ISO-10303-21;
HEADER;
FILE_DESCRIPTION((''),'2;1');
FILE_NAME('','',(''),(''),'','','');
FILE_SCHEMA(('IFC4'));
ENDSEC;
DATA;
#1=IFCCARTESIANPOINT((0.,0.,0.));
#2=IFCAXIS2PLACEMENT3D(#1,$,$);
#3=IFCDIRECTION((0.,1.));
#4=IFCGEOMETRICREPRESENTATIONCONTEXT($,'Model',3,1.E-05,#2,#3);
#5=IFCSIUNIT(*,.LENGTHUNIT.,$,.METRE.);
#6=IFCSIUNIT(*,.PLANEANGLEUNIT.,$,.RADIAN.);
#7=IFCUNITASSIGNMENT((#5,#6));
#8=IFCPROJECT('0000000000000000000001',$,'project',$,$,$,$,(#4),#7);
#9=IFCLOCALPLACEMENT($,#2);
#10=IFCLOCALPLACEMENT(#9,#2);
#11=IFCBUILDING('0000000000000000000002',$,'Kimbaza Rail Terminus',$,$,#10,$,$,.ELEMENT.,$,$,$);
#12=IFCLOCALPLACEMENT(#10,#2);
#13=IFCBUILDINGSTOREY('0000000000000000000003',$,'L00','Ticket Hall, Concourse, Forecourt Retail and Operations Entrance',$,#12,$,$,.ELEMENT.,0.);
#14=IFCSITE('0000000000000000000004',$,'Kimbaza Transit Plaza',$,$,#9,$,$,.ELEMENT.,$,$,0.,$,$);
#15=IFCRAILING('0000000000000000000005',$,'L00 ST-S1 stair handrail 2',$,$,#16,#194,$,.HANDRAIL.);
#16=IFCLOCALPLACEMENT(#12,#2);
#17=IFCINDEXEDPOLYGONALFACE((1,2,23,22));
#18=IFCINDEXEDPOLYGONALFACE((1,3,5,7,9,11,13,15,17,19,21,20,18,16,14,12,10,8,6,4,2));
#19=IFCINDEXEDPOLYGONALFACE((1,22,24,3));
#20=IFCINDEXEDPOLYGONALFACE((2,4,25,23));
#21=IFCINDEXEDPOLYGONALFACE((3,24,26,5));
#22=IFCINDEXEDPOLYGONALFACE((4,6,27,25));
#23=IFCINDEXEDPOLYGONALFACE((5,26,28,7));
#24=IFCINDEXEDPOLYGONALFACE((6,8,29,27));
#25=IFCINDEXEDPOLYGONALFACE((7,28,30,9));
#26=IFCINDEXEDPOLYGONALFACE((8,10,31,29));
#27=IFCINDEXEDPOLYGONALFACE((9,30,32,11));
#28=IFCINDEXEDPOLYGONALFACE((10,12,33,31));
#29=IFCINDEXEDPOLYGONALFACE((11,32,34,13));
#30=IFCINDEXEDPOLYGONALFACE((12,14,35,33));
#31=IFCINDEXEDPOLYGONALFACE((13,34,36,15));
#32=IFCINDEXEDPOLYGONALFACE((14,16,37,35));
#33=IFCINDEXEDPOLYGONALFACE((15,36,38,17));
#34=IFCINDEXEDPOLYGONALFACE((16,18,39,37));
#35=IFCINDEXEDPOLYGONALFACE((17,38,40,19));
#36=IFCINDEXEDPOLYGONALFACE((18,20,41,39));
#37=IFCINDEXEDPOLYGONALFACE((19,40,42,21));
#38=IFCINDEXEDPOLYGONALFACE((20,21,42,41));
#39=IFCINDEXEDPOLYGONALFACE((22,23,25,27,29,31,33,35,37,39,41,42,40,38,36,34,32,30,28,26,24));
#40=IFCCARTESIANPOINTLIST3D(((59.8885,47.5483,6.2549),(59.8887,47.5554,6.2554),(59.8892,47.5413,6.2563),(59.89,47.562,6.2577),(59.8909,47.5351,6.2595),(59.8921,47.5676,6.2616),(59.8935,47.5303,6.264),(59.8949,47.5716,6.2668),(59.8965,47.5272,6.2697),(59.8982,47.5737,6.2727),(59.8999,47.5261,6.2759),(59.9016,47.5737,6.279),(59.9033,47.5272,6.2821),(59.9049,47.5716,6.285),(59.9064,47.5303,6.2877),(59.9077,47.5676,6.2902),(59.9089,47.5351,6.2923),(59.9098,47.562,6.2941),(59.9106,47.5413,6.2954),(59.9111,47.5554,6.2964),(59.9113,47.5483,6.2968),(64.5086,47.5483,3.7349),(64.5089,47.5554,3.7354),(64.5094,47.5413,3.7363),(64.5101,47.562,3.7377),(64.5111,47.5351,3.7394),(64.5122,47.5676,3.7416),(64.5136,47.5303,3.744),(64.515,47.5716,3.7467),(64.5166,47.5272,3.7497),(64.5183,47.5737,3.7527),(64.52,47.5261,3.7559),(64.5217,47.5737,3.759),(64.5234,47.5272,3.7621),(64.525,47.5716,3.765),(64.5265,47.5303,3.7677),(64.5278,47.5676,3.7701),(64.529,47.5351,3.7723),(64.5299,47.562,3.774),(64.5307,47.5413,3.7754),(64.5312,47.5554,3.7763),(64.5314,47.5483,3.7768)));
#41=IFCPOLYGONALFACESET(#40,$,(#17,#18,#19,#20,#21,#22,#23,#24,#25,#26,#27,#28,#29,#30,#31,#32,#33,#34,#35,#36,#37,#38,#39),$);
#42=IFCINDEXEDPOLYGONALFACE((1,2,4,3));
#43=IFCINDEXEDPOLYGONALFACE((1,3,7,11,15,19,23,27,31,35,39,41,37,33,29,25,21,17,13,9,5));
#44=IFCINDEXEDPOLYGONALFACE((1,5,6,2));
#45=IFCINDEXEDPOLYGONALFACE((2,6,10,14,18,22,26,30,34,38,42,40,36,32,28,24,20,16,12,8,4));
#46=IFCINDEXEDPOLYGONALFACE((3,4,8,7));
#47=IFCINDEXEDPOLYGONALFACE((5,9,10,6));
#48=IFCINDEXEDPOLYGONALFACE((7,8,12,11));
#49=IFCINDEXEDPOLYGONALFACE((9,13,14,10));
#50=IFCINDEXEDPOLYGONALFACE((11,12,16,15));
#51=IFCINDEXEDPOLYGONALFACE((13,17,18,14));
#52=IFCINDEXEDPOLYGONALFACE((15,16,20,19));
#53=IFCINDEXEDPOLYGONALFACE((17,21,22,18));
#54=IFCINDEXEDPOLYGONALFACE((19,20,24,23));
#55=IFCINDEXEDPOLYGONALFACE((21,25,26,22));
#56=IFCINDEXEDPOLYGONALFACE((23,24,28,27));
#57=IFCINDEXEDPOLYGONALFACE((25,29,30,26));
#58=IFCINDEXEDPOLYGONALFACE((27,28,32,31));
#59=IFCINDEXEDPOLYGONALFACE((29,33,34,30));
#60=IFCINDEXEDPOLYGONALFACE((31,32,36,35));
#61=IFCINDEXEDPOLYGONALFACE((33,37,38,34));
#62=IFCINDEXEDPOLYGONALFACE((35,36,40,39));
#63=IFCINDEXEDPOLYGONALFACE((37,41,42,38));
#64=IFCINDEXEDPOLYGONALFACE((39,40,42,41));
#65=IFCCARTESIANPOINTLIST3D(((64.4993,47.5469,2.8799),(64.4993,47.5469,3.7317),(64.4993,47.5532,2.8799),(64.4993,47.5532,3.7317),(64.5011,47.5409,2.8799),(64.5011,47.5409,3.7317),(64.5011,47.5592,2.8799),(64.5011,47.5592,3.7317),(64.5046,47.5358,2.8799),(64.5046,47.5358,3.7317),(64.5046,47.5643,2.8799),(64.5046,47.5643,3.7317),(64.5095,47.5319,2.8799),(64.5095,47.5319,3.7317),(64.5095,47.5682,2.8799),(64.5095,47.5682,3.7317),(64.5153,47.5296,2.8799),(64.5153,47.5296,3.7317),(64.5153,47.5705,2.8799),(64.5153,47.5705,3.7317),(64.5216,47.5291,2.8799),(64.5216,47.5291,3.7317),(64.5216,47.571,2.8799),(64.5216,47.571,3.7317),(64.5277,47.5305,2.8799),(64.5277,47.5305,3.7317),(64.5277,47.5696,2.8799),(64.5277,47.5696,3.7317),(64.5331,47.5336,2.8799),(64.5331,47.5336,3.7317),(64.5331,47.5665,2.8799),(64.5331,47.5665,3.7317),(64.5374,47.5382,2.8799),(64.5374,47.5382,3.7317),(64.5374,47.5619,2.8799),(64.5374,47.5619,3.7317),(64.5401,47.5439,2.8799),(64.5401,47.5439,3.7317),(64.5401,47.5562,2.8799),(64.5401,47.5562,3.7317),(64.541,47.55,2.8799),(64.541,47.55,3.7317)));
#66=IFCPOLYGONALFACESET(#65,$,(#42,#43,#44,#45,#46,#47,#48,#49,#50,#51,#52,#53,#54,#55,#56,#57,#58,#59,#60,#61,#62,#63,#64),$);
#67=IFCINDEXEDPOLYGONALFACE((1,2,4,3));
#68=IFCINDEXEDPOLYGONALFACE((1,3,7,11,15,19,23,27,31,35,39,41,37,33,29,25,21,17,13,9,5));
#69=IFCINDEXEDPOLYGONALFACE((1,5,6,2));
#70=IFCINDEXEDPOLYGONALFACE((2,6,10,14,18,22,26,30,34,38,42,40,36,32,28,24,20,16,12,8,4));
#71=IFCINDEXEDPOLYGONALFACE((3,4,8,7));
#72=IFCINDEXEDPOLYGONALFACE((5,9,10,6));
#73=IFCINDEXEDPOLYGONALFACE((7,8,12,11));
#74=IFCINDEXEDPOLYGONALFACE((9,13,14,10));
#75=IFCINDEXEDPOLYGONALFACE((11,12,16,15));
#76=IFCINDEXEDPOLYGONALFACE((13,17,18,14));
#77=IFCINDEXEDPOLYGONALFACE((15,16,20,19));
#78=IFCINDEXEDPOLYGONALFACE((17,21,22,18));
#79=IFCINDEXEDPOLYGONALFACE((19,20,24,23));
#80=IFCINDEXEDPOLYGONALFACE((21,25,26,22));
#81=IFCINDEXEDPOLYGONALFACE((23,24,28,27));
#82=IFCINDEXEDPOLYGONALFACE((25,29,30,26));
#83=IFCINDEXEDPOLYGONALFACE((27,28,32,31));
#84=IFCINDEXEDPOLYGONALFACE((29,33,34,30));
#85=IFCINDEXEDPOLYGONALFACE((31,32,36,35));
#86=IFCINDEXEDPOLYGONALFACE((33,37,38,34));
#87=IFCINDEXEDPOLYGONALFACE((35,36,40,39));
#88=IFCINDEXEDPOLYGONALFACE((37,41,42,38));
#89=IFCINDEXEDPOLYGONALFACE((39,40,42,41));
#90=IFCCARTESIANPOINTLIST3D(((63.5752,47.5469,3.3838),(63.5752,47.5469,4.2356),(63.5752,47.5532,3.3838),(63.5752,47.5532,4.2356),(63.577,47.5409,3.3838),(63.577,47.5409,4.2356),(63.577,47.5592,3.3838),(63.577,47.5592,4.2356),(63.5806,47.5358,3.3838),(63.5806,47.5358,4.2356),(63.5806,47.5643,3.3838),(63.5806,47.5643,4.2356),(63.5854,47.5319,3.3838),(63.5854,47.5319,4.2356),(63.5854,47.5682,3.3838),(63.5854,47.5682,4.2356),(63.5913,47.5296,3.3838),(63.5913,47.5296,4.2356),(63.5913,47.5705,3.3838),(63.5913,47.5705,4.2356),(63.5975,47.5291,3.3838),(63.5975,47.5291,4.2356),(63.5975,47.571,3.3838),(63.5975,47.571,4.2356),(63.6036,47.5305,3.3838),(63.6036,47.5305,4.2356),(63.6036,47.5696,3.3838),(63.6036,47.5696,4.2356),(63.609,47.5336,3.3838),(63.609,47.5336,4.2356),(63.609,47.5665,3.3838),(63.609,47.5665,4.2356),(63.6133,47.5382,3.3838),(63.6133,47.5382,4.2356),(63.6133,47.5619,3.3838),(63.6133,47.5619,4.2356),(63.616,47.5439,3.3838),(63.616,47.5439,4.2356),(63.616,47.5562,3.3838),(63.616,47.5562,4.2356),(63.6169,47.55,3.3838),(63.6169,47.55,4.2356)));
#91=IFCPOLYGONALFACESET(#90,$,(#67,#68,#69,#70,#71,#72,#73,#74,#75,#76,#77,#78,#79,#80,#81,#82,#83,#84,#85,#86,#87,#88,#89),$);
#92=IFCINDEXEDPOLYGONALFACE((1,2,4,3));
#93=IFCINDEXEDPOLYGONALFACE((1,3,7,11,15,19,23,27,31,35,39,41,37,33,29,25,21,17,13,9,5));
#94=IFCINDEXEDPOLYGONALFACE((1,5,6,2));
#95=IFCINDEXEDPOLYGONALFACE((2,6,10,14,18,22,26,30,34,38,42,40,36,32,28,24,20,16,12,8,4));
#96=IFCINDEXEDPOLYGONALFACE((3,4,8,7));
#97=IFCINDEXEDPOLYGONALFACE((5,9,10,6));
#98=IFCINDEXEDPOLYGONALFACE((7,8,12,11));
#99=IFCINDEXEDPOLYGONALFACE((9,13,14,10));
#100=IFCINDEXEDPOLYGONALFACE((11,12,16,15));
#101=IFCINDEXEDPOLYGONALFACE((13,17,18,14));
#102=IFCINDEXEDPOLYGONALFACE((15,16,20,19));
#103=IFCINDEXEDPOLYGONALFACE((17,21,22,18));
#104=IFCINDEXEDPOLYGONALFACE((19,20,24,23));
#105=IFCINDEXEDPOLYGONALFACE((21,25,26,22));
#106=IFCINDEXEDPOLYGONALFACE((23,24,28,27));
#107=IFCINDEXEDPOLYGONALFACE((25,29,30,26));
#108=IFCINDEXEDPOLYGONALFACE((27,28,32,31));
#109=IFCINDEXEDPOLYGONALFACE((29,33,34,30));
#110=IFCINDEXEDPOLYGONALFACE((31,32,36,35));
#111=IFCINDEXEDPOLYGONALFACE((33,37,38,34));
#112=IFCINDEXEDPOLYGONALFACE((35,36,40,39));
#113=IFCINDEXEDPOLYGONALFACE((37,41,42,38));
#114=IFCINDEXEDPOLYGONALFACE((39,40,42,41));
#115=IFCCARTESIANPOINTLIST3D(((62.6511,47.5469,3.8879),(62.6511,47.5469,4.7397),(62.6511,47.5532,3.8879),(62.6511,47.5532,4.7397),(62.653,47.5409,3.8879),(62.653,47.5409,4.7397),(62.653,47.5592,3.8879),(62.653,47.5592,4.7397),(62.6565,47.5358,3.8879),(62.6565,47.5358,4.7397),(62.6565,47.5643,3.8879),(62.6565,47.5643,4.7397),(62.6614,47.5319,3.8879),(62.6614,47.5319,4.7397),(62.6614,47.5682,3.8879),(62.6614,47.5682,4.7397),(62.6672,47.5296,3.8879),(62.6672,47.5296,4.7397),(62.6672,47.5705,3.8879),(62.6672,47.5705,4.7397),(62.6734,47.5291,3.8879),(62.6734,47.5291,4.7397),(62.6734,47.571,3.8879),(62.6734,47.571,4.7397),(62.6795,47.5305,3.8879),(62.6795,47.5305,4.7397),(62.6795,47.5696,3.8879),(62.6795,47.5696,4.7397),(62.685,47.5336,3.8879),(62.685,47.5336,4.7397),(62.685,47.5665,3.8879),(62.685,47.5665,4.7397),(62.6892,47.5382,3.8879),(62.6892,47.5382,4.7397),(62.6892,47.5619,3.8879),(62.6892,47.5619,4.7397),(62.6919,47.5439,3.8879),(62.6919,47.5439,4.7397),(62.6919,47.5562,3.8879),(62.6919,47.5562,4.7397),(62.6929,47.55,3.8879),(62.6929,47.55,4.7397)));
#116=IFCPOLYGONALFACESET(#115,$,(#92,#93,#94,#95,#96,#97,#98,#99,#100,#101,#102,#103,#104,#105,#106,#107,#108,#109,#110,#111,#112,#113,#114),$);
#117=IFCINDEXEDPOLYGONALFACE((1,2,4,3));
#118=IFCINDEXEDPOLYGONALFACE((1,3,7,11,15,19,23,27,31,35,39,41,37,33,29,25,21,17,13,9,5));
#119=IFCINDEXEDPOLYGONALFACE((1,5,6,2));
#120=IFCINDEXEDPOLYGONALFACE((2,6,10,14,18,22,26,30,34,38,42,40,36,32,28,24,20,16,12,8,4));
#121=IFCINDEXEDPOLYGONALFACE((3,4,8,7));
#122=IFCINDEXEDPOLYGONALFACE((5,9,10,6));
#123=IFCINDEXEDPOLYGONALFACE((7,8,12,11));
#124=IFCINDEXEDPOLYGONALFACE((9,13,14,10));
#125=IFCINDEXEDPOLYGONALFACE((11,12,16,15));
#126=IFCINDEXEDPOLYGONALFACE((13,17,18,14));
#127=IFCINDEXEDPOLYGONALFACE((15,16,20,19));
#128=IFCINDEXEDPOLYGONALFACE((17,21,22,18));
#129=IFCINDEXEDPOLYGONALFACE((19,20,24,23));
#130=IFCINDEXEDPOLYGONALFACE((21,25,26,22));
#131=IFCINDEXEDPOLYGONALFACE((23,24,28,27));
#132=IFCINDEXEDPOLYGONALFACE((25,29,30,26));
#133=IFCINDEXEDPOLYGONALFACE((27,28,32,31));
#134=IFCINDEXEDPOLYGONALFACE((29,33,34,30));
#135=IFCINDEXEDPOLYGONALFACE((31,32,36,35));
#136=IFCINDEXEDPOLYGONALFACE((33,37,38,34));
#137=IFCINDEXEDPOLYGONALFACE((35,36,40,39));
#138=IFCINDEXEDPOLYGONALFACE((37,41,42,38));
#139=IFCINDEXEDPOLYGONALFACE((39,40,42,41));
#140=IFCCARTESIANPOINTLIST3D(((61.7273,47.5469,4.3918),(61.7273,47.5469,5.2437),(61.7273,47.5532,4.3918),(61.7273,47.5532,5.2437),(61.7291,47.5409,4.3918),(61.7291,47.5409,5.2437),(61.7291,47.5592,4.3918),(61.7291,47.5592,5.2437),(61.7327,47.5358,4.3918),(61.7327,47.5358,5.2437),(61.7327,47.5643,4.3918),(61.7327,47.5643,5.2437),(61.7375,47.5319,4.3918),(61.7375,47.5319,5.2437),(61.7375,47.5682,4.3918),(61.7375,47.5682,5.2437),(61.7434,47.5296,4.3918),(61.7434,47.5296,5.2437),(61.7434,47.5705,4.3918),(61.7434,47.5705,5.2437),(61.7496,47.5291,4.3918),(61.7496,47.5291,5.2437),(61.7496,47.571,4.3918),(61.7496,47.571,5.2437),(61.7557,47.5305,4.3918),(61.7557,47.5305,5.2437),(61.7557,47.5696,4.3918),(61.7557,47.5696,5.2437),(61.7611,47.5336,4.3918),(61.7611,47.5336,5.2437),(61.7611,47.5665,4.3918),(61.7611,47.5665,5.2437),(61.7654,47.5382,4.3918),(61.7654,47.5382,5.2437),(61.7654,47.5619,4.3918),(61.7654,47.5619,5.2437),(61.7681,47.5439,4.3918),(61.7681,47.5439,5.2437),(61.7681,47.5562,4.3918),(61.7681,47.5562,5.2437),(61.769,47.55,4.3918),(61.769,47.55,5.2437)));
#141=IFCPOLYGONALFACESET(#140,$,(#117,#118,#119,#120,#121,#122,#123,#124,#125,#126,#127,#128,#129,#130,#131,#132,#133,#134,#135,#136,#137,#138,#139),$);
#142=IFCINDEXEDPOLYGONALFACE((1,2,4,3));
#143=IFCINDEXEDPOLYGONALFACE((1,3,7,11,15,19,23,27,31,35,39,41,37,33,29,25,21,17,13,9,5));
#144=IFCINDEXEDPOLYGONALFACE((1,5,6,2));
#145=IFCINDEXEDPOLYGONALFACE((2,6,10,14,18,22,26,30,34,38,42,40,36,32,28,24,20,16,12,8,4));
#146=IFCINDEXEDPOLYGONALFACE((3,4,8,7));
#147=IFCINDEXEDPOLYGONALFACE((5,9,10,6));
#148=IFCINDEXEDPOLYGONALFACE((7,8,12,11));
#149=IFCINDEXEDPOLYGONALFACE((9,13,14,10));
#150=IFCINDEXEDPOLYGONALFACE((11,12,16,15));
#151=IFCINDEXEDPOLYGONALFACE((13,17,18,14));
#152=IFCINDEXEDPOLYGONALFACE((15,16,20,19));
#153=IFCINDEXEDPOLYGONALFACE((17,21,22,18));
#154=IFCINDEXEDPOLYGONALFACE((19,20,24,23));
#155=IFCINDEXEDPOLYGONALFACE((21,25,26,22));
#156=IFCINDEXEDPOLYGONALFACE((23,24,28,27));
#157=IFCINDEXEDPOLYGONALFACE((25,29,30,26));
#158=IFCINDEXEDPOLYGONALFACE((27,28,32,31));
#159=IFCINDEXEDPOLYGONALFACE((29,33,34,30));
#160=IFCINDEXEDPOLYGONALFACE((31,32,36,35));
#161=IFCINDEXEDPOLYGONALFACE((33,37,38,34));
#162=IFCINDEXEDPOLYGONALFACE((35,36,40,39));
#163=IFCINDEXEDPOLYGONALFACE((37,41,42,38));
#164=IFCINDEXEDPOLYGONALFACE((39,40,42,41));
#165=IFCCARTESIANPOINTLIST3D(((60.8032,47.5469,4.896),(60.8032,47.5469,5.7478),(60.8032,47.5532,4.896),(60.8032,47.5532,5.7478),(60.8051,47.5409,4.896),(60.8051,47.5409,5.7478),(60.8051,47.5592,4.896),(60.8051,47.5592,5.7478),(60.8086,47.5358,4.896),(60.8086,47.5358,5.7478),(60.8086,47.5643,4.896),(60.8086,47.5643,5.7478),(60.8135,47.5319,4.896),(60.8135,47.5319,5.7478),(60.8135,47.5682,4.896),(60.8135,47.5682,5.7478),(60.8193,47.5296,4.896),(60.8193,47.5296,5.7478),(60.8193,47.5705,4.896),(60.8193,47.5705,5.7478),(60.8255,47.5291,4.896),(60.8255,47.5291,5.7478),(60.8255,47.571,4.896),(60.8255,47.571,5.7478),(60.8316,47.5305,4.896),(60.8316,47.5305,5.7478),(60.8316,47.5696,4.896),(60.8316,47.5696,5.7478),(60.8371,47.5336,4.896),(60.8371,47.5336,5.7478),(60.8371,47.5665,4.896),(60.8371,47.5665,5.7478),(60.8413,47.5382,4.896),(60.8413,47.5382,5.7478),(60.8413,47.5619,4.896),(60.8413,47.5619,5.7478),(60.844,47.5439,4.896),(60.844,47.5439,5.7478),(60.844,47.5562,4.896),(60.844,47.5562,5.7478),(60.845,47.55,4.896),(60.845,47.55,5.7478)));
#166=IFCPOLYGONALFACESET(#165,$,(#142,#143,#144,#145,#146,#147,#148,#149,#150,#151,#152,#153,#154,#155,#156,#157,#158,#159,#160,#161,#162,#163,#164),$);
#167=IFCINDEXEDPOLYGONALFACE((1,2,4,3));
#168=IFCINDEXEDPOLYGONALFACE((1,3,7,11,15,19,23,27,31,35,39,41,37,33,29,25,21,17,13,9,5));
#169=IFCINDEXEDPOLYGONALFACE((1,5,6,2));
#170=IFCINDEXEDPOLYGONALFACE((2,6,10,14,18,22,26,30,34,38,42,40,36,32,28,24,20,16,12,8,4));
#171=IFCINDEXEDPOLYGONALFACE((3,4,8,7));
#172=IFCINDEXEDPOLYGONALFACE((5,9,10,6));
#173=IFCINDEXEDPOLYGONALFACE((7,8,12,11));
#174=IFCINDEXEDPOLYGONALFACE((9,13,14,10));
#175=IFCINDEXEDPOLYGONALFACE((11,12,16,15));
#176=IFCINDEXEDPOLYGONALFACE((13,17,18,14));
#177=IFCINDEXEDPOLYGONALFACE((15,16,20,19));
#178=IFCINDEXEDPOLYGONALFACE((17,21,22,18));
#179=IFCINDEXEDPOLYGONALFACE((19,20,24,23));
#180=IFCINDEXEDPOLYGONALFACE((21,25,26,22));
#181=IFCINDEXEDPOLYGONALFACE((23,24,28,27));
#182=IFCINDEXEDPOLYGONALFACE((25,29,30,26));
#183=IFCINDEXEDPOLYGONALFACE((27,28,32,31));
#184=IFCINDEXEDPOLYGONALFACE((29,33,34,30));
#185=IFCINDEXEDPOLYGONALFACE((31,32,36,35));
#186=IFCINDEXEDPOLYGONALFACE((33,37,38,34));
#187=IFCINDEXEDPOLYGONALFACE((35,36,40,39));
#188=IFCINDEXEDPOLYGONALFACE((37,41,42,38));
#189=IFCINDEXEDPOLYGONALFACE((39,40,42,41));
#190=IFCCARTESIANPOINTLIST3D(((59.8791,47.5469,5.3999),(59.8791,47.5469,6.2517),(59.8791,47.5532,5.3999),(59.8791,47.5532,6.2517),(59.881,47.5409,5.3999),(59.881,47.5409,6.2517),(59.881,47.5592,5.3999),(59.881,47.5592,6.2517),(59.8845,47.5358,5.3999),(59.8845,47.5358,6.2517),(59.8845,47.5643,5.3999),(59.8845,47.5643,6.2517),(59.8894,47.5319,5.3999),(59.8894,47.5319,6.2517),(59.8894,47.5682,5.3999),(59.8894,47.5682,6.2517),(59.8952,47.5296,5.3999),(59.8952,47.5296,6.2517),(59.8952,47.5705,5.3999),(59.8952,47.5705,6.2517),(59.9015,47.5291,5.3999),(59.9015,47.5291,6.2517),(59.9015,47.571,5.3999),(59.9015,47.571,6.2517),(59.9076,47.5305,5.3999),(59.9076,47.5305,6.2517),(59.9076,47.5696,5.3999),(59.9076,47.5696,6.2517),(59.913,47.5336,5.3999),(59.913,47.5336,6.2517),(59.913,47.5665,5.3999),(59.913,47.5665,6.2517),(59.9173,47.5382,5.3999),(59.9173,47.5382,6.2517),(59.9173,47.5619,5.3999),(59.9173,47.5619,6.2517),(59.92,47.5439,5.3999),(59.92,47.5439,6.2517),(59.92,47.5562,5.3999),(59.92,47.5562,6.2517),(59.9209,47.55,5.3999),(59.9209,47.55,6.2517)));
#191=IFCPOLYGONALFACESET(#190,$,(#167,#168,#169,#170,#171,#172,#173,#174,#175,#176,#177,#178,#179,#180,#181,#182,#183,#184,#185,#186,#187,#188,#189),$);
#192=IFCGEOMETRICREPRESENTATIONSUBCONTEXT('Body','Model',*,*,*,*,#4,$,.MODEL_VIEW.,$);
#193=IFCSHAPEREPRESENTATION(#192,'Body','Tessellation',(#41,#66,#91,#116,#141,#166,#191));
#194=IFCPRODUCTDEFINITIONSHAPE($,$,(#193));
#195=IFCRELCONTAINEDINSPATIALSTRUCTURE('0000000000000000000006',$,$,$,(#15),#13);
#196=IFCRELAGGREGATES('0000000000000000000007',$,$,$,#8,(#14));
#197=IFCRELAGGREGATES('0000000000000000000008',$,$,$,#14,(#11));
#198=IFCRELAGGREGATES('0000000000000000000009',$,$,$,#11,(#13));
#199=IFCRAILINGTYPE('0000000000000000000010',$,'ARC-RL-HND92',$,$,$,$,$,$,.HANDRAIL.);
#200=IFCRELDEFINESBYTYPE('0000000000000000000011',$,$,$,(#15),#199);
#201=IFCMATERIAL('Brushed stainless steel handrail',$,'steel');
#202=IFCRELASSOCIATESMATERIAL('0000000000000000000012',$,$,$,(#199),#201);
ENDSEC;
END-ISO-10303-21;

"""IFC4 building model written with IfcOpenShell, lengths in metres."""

from ifc_helpers import new_model, si_unit, direction, frame, origin, origin_2d, place, context, subcontext, project, spatial, circle, extrude, material, type_object, element, save


model = new_model("IFC4")

# Units and contexts
model_context = context("Model", 3, precision=1e-05, world=origin(), true_north=direction((0.0, 1.0)))
body_context = subcontext(model_context, "Body", "Model", "MODEL_VIEW")
ifc_project = project(units=[si_unit("LENGTHUNIT", "METRE"), si_unit("PLANEANGLEUNIT", "RADIAN")], contexts=[model_context])

# Site, building, storey
site_placement = place(None, origin())
site = spatial("IfcSite", under=ifc_project, at=site_placement, Name="Kimbaza Transit Plaza", CompositionType="ELEMENT", RefElevation=0.0)
building_placement = place(site_placement, origin())
building = spatial("IfcBuilding", under=site, at=building_placement, Name="Kimbaza Rail Terminus", CompositionType="ELEMENT")
storey_placement = place(building_placement, origin())
storey = spatial("IfcBuildingStorey", under=building, at=storey_placement, Name="L00", Description="Ticket Hall, Concourse, Forecourt Retail and Operations Entrance", CompositionType="ELEMENT", Elevation=0.0)

# Railing
ifc_material_1 = material(Name="Brushed stainless steel handrail", Category="steel")
railing_type_1 = type_object("IfcRailingType", Name="ARC-RL-HND92", PredefinedType="HANDRAIL", material=ifc_material_1)
railing_1_placement = place(storey_placement, frame((64.52, 47.55, 2.8799)))
element("IfcRailing", 1, at=railing_1_placement, inside=storey, type_object=railing_type_1, Name="L00 ST-S1 stair handrail 2", PredefinedType="HANDRAIL", context=body_context, shape_type="SweptSolid", body=[
    extrude(circle(Radius=0.0239, at=origin_2d()), frame((0.0, 0.0, 0.876), z_axis=(-0.877899, 0.0, 0.478846), x_axis=(0.0, -1.0, 0.0)), (0.0, 0.0, 1.0), 5.2627),
    extrude(circle(Radius=0.021, at=origin_2d()), origin(), (0.0, 0.0, 1.0), 0.8518),
    extrude(circle(Radius=0.021, at=origin_2d()), frame((-0.9241, 0.0, 0.5039)), (0.0, 0.0, 1.0), 0.8518),
    extrude(circle(Radius=0.021, at=origin_2d()), frame((-1.8481, 0.0, 1.0081)), (0.0, 0.0, 1.0), 0.8518),
    extrude(circle(Radius=0.021, at=origin_2d()), frame((-2.772, 0.0, 1.512)), (0.0, 0.0, 1.0), 0.8518),
    extrude(circle(Radius=0.021, at=origin_2d()), frame((-3.696, 0.0, 2.0161)), (0.0, 0.0, 1.0), 0.8518),
    extrude(circle(Radius=0.021, at=origin_2d()), frame((-4.6201, 0.0, 2.52)), (0.0, 0.0, 1.0), 0.8518),
])

save(model, "model.ifc")
